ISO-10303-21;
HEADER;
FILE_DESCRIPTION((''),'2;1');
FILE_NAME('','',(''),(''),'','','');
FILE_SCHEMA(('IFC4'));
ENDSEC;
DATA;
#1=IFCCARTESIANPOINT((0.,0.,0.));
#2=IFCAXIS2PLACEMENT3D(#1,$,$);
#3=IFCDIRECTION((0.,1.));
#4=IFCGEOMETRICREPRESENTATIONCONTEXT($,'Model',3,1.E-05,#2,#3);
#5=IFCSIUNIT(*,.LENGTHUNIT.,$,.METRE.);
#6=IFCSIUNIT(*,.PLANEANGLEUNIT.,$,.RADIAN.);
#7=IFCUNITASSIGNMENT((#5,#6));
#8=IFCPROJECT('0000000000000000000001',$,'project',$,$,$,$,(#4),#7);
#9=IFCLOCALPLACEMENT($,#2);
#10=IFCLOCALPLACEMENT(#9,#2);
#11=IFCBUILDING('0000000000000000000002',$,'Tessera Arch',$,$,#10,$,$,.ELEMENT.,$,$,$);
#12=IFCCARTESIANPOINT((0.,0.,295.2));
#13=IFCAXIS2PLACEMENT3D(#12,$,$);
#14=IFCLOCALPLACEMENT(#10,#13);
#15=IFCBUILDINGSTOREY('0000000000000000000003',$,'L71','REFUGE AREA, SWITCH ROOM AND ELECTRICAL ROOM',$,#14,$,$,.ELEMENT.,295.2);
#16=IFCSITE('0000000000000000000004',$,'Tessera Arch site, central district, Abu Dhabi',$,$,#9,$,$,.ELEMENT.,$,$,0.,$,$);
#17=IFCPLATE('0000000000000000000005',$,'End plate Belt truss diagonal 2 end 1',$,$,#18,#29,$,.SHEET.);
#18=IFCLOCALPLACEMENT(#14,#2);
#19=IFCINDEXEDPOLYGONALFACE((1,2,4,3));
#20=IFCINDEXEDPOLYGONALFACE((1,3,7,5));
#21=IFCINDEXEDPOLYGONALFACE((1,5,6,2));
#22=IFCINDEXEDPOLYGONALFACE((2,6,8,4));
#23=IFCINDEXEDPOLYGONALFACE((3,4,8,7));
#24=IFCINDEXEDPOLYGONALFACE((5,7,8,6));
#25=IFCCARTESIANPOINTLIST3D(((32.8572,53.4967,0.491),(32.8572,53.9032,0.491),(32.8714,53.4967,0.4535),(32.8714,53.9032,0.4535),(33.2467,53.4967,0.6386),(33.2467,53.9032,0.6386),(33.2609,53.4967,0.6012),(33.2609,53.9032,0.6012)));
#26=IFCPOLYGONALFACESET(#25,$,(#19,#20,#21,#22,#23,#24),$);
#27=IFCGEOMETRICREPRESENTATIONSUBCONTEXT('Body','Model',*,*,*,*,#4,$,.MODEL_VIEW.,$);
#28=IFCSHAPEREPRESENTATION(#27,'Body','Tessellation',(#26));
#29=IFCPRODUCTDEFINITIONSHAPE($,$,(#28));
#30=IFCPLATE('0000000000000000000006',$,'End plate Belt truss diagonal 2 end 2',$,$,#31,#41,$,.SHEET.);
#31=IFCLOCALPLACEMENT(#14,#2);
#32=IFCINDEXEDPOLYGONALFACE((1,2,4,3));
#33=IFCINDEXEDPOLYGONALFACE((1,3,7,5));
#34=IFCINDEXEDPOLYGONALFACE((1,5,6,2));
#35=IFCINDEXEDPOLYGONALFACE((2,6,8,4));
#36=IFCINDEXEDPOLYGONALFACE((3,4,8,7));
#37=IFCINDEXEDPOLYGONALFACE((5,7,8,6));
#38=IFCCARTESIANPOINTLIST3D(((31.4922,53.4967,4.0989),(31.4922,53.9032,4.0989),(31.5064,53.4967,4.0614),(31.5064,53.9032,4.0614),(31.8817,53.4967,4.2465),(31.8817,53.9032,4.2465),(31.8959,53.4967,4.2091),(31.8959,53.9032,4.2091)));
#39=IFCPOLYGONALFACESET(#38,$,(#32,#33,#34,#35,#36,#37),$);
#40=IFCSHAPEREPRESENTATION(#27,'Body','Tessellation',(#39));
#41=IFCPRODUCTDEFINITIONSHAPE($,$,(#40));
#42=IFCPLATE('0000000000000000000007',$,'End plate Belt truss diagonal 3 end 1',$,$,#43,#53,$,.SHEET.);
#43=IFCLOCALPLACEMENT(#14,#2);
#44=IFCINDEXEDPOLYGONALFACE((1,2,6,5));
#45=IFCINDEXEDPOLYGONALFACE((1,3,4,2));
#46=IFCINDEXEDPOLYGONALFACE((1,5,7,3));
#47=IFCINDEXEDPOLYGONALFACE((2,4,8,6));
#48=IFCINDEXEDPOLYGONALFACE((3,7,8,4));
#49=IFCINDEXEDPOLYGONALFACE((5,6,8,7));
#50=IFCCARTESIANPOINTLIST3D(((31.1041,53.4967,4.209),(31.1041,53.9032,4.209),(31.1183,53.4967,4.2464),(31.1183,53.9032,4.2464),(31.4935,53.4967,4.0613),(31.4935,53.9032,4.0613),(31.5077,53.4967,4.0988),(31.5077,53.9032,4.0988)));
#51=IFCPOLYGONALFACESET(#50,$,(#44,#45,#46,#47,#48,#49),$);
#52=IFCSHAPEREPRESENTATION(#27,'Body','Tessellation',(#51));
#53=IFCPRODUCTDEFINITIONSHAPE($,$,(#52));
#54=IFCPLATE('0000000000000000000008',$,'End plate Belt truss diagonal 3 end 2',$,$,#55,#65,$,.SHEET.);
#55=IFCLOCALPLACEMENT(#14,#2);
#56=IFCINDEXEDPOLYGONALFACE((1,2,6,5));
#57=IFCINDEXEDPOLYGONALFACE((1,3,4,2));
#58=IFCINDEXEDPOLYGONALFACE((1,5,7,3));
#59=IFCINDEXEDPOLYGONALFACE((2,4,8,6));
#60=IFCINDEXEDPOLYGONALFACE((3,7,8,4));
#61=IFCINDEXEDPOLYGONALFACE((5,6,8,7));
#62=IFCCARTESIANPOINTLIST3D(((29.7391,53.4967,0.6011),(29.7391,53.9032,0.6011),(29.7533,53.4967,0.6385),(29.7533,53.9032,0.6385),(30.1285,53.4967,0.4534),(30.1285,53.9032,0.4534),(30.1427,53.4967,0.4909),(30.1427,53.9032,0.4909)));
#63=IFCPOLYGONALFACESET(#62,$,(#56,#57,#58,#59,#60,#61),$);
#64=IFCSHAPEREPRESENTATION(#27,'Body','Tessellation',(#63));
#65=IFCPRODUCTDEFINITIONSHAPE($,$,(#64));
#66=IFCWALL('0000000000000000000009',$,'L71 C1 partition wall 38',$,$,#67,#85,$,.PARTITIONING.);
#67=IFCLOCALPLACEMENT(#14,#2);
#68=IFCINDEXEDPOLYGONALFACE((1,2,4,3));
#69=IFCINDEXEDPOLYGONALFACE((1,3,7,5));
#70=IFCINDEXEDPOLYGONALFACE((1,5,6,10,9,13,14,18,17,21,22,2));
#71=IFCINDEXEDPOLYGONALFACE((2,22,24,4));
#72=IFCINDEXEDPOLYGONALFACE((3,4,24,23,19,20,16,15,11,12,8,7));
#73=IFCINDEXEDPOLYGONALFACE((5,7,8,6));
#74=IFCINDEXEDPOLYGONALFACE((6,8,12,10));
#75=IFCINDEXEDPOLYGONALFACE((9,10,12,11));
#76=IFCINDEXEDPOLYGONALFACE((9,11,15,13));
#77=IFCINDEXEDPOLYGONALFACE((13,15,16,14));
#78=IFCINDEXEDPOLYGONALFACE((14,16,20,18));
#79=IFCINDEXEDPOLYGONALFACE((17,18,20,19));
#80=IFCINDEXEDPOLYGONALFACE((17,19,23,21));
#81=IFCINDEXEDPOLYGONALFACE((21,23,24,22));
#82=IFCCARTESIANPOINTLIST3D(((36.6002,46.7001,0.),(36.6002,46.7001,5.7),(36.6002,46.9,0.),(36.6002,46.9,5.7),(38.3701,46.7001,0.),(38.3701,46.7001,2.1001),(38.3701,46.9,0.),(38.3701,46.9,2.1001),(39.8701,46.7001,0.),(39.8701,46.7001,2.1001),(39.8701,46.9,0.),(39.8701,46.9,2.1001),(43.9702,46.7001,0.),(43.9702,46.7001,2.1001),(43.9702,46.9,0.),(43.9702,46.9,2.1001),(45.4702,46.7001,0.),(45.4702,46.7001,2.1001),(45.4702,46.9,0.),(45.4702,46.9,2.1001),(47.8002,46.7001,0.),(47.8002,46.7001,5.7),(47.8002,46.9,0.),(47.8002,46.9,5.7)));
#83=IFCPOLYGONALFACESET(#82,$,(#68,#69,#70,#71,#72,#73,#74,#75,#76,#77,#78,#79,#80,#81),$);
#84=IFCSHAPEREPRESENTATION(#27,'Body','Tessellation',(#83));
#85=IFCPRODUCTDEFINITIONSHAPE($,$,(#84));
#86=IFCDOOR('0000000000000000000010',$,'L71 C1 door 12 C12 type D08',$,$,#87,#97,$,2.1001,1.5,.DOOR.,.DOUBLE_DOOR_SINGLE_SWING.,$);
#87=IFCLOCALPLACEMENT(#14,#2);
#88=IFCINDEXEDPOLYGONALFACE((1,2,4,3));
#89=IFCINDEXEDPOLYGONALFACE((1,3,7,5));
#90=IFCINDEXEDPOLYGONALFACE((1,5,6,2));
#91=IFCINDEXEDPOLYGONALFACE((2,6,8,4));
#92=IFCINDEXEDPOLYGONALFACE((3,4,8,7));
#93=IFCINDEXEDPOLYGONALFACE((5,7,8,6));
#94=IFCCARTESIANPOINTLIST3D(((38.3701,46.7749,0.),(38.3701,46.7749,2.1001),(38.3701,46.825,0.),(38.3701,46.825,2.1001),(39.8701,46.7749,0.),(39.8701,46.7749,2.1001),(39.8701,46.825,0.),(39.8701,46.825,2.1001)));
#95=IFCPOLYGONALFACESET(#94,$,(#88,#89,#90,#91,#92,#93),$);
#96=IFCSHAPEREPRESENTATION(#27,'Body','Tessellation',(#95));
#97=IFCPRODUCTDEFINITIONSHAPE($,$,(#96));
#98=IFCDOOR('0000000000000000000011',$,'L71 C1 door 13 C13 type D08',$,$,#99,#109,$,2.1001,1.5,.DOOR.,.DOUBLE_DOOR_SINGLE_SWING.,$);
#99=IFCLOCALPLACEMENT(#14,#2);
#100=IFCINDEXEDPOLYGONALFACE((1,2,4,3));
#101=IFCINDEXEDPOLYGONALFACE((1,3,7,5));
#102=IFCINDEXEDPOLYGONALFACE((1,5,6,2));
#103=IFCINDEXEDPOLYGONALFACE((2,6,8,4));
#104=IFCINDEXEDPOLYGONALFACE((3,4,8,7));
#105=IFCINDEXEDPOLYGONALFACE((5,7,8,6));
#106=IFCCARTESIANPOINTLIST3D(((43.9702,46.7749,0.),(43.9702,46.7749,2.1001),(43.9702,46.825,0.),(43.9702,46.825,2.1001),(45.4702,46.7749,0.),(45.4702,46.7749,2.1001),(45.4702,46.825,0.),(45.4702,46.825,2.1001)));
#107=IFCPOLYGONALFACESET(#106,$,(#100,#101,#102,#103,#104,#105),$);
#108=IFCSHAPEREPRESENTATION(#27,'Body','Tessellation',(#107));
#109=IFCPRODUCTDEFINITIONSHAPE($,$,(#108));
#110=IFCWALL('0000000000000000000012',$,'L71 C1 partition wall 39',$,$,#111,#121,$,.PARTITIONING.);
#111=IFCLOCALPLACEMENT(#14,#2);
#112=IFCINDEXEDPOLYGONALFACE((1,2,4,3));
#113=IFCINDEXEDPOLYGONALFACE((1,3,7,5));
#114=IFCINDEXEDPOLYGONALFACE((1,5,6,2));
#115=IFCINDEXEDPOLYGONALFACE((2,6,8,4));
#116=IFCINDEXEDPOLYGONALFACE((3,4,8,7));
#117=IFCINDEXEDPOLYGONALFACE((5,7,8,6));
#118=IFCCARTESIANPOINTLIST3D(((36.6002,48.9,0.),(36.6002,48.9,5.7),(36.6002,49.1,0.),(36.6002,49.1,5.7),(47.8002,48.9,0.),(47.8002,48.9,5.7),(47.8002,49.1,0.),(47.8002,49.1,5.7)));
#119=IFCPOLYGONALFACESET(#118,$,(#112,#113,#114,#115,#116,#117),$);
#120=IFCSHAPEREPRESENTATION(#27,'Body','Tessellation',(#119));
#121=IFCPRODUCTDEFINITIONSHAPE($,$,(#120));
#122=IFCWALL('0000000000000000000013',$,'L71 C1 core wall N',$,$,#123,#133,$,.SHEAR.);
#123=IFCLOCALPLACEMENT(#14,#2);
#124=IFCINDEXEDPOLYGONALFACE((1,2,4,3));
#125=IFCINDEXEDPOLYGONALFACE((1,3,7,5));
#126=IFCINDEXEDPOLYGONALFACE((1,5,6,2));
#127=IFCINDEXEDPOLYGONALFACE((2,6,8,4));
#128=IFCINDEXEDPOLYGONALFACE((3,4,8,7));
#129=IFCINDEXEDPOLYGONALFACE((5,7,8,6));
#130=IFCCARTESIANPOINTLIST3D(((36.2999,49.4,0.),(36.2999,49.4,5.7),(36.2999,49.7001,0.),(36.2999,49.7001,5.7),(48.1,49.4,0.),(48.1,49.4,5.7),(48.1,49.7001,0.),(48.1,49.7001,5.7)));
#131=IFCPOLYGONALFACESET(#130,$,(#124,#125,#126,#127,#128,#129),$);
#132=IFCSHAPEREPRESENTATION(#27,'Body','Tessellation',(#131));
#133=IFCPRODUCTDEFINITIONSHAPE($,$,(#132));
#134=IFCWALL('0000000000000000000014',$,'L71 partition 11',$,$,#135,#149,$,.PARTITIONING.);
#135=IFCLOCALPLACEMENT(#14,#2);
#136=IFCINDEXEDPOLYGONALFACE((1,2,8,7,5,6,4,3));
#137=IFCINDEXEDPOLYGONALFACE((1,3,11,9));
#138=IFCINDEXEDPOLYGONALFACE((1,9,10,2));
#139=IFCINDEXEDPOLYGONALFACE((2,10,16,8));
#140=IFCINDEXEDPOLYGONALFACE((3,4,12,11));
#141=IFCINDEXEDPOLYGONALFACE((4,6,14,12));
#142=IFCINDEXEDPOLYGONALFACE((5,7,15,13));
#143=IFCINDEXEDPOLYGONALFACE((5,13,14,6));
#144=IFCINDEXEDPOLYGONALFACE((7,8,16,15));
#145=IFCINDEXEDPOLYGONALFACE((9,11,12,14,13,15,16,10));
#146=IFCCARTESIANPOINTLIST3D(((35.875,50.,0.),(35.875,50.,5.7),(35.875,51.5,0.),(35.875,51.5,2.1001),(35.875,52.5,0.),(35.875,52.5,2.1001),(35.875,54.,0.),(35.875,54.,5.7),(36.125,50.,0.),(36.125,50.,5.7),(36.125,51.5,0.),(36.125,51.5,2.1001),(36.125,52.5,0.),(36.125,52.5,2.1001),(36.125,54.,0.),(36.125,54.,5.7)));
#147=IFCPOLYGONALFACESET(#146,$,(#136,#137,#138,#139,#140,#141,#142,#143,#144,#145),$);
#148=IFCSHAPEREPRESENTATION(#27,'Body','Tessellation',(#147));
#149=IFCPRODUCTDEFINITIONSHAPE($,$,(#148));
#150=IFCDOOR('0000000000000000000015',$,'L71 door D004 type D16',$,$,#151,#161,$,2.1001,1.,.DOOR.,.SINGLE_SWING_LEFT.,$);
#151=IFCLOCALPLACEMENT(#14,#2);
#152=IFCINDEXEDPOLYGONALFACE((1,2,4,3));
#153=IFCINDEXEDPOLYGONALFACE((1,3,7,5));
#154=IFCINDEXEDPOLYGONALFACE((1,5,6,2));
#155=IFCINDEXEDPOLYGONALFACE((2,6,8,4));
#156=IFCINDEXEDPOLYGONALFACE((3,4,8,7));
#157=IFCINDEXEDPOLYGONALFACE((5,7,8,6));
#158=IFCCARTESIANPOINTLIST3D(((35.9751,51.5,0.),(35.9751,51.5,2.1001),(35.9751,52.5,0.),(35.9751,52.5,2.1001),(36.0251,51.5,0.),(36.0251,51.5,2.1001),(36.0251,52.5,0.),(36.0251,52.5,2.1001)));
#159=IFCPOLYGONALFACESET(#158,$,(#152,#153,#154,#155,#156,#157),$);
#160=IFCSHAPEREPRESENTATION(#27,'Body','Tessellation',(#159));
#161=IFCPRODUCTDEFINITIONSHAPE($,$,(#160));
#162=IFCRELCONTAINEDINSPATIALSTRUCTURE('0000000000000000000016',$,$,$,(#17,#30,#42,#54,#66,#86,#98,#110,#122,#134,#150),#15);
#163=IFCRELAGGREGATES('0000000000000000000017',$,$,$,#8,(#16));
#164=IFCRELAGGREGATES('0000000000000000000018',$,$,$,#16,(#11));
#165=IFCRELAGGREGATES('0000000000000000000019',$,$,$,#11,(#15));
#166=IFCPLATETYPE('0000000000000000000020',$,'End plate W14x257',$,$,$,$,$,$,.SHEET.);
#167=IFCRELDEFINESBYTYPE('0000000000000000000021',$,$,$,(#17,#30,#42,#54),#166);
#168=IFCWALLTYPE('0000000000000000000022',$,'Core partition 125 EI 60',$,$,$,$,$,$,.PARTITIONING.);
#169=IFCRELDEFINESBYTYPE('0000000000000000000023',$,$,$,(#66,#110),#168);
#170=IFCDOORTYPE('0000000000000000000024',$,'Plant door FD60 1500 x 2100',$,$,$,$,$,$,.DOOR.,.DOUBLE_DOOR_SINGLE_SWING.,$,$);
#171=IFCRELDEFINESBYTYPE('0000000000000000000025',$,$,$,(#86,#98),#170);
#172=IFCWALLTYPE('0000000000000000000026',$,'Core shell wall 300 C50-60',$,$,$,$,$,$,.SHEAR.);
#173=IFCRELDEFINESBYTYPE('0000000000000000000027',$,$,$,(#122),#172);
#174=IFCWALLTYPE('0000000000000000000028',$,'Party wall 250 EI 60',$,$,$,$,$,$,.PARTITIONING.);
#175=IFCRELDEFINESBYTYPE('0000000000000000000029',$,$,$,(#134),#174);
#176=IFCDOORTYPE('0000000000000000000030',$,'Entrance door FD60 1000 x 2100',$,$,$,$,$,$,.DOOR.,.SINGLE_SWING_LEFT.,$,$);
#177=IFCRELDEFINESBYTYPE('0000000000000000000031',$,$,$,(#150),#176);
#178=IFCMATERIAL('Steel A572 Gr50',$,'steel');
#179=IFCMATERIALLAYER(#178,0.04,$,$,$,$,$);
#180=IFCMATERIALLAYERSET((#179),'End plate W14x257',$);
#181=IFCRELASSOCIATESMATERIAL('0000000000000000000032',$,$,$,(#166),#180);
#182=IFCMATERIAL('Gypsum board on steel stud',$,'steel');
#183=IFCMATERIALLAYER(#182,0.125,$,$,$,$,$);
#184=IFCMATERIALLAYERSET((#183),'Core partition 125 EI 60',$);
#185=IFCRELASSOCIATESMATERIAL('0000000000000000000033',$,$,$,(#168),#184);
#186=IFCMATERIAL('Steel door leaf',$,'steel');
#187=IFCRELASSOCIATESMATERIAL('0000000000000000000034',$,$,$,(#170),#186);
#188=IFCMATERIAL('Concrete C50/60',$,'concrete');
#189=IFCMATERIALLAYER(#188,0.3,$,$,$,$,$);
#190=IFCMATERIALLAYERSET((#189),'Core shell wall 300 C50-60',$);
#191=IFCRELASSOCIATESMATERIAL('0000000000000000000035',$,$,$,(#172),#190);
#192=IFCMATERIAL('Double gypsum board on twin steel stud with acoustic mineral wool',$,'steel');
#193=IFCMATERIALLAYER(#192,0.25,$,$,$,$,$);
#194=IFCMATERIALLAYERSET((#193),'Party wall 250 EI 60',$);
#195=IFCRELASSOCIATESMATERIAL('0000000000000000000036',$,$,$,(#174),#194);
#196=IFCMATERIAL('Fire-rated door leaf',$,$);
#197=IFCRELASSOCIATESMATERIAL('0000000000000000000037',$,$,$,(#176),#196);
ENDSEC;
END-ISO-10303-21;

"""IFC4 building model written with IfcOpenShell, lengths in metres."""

from ifc_helpers import new_model, si_unit, direction, frame, frame_2d, origin, origin_2d, place, context, subcontext, project, spatial, rectangle, extrude, material, layer, layer_set, type_object, element, fill, save


model = new_model("IFC4")

# Units and contexts
model_context = context("Model", 3, precision=1e-05, world=origin(), true_north=direction((0.0, 1.0)))
body_context = subcontext(model_context, "Body", "Model", "MODEL_VIEW")
ifc_project = project(units=[si_unit("LENGTHUNIT", "METRE"), si_unit("PLANEANGLEUNIT", "RADIAN")], contexts=[model_context])

# Site, building, storey
site_placement = place(None, origin())
site = spatial("IfcSite", under=ifc_project, at=site_placement, Name="Tessera Arch site, central district, Abu Dhabi", CompositionType="ELEMENT", RefElevation=0.0)
building_placement = place(site_placement, origin())
building = spatial("IfcBuilding", under=site, at=building_placement, Name="Tessera Arch", CompositionType="ELEMENT")
storey_placement = place(building_placement, frame((0.0, 0.0, 295.2)))
storey = spatial("IfcBuildingStorey", under=building, at=storey_placement, Name="L71", Description="REFUGE AREA, SWITCH ROOM AND ELECTRICAL ROOM", CompositionType="ELEMENT", Elevation=295.2)

# Plates
ifc_material_1 = material(Name="Steel A572 Gr50", Category="steel")
ifc_layer_1 = layer(ifc_material_1, 0.04)
ifc_layer_set_1 = layer_set([ifc_layer_1], Name="End plate W14x257")
plate_type = type_object("IfcPlateType", Name="End plate W14x257", PredefinedType="SHEET", material=ifc_layer_set_1)
for number, where, z_axis, x_axis, name in (
    (1, (33.0662, 53.7, 0.5273), (-0.35447, 0.0, 0.935067), (0.0, -1.0, 0.0), "End plate Belt truss diagonal 2 end 1"),
    (2, (31.7012, 53.7, 4.1353), (-0.35447, 0.0, 0.935067), (0.0, -1.0, 0.0), "End plate Belt truss diagonal 2 end 2"),
    (3, (31.313, 53.7, 4.1726), (-0.35447, 0.0, -0.935067), (0.0, -1.0, 0.0), "End plate Belt truss diagonal 3 end 1"),
    (4, (29.948, 53.7, 0.5647), (-0.35447, 0.0, -0.935067), (0.0, -1.0, 0.0), "End plate Belt truss diagonal 3 end 2"),
):
    element("IfcPlate", number, at=place(storey_placement, frame(where, z_axis=z_axis, x_axis=x_axis)), inside=storey, type_object=plate_type, Name=name, PredefinedType="SHEET", context=body_context, shape_type="SweptSolid", body=[
        extrude(rectangle(XDim=0.4065, YDim=0.4165, at=origin_2d()), origin(), (0.0, 0.0, 1.0), 0.04),
    ])

# Wall, openings, doors
ifc_material_2 = material(Name="Gypsum board on steel stud", Category="steel")
ifc_layer_2 = layer(ifc_material_2, 0.125)
ifc_layer_set_2 = layer_set([ifc_layer_2], Name="Core partition 125 EI 60")
wall_type_1 = type_object("IfcWallType", Name="Core partition 125 EI 60", PredefinedType="PARTITIONING", material=ifc_layer_set_2)
wall_1_placement = place(storey_placement, frame((36.6001, 46.8, 0.0), z_axis=(0.0, 0.0, 1.0), x_axis=(1.0, 0.0, 0.0)))
wall_1 = element("IfcWall", 5, at=wall_1_placement, inside=storey, type_object=wall_type_1, Name="L71 C1 partition wall 38", PredefinedType="PARTITIONING", context=body_context, shape_type="SweptSolid", body=[
    extrude(rectangle(XDim=11.2, YDim=0.2, at=frame_2d((5.6001, 0.0))), origin(), (0.0, 0.0, 1.0), 5.7),
])
opening_1_placement = place(wall_1_placement, frame((1.77, 0.0, 0.0)))
opening_1 = element("IfcOpeningElement", 6, at=opening_1_placement, cuts=wall_1, PredefinedType="OPENING", context=body_context, shape_type="SweptSolid", body=[
    extrude(rectangle(XDim=1.5, YDim=2.1001, at=frame_2d((0.75, 1.05))), frame((0.0, 0.1099, 0.0), z_axis=(0.0, -1.0, 0.0), x_axis=(1.0, 0.0, 0.0)), (0.0, 0.0, 1.0), 0.22),
])
opening_2_placement = place(wall_1_placement, frame((7.3701, 0.0, 0.0)))
opening_2 = element("IfcOpeningElement", 7, at=opening_2_placement, cuts=wall_1, PredefinedType="OPENING", context=body_context, shape_type="SweptSolid", body=[
    extrude(rectangle(XDim=1.5, YDim=2.1001, at=frame_2d((0.75, 1.05))), frame((0.0, 0.1099, 0.0), z_axis=(0.0, -1.0, 0.0), x_axis=(1.0, 0.0, 0.0)), (0.0, 0.0, 1.0), 0.22),
])
ifc_material_3 = material(Name="Steel door leaf", Category="steel")
door_type_1 = type_object("IfcDoorType", Name="Plant door FD60 1500 x 2100", OperationType="DOUBLE_DOOR_SINGLE_SWING", PredefinedType="DOOR", material=ifc_material_3)
door_1_placement = place(opening_1_placement, origin())
door_1 = element("IfcDoor", 8, at=door_1_placement, inside=storey, type_object=door_type_1, Name="L71 C1 door 12 C12 type D08", OperationType="DOUBLE_DOOR_SINGLE_SWING", OverallHeight=2.1001, OverallWidth=1.5, PredefinedType="DOOR", context=body_context, shape_type="SweptSolid", body=[
    extrude(rectangle(XDim=1.5, YDim=2.1001, at=frame_2d((0.75, 1.05))), frame((0.0, 0.0249, 0.0), z_axis=(0.0, -1.0, 0.0), x_axis=(1.0, 0.0, 0.0)), (0.0, 0.0, 1.0), 0.05),
])
fill(opening_1, door_1)
door_2_placement = place(opening_2_placement, origin())
door_2 = element("IfcDoor", 9, at=door_2_placement, inside=storey, type_object=door_type_1, Name="L71 C1 door 13 C13 type D08", OperationType="DOUBLE_DOOR_SINGLE_SWING", OverallHeight=2.1001, OverallWidth=1.5, PredefinedType="DOOR", context=body_context, shape_type="SweptSolid", body=[
    extrude(rectangle(XDim=1.5, YDim=2.1001, at=frame_2d((0.75, 1.05))), frame((0.0, 0.0249, 0.0), z_axis=(0.0, -1.0, 0.0), x_axis=(1.0, 0.0, 0.0)), (0.0, 0.0, 1.0), 0.05),
])
fill(opening_2, door_2)

# Walls
wall_2_placement = place(storey_placement, frame((36.6001, 49.0, 0.0), z_axis=(0.0, 0.0, 1.0), x_axis=(1.0, 0.0, 0.0)))
element("IfcWall", 10, at=wall_2_placement, inside=storey, type_object=wall_type_1, Name="L71 C1 partition wall 39", PredefinedType="PARTITIONING", context=body_context, shape_type="SweptSolid", body=[
    extrude(rectangle(XDim=11.2, YDim=0.2, at=frame_2d((5.6001, 0.0))), origin(), (0.0, 0.0, 1.0), 5.7),
])
ifc_material_4 = material(Name="Concrete C50/60", Category="concrete")
ifc_layer_3 = layer(ifc_material_4, 0.3)
ifc_layer_set_3 = layer_set([ifc_layer_3], Name="Core shell wall 300 C50-60")
wall_type_2 = type_object("IfcWallType", Name="Core shell wall 300 C50-60", PredefinedType="SHEAR", material=ifc_layer_set_3)
wall_3_placement = place(storey_placement, frame((36.3, 49.55, 0.0), z_axis=(0.0, 0.0, 1.0), x_axis=(1.0, 0.0, 0.0)))
element("IfcWall", 11, at=wall_3_placement, inside=storey, type_object=wall_type_2, Name="L71 C1 core wall N", PredefinedType="SHEAR", context=body_context, shape_type="SweptSolid", body=[
    extrude(rectangle(XDim=11.8, YDim=0.3, at=frame_2d((5.8999, 0.0))), origin(), (0.0, 0.0, 1.0), 5.7),
])

# Wall, opening, door
ifc_material_5 = material(Name="Double gypsum board on twin steel stud with acoustic mineral wool", Category="steel")
ifc_layer_4 = layer(ifc_material_5, 0.25)
ifc_layer_set_4 = layer_set([ifc_layer_4], Name="Party wall 250 EI 60")
wall_type_3 = type_object("IfcWallType", Name="Party wall 250 EI 60", PredefinedType="PARTITIONING", material=ifc_layer_set_4)
wall_4_placement = place(storey_placement, frame((36.0, 50.0, 0.0), z_axis=(0.0, 0.0, 1.0), x_axis=(0.0, 1.0, 0.0)))
wall_4 = element("IfcWall", 12, at=wall_4_placement, inside=storey, type_object=wall_type_3, Name="L71 partition 11", PredefinedType="PARTITIONING", context=body_context, shape_type="SweptSolid", body=[
    extrude(rectangle(XDim=4.0, YDim=0.25, at=frame_2d((2.0, 0.0))), origin(), (0.0, 0.0, 1.0), 5.7),
])
opening_3_placement = place(wall_4_placement, frame((1.5, 0.0, 0.0)))
opening_3 = element("IfcOpeningElement", 13, at=opening_3_placement, cuts=wall_4, PredefinedType="OPENING", context=body_context, shape_type="SweptSolid", body=[
    extrude(rectangle(XDim=1.0, YDim=2.1001, at=frame_2d((0.5, 1.05))), frame((0.0, 0.135, 0.0), z_axis=(0.0, -1.0, 0.0), x_axis=(1.0, 0.0, 0.0)), (0.0, 0.0, 1.0), 0.27),
])
ifc_material_6 = material(Name="Fire-rated door leaf")
door_type_2 = type_object("IfcDoorType", Name="Entrance door FD60 1000 x 2100", OperationType="SINGLE_SWING_LEFT", PredefinedType="DOOR", material=ifc_material_6)
door_3_placement = place(opening_3_placement, origin())
door_3 = element("IfcDoor", 14, at=door_3_placement, inside=storey, type_object=door_type_2, Name="L71 door D004 type D16", OperationType="SINGLE_SWING_LEFT", OverallHeight=2.1001, OverallWidth=1.0, PredefinedType="DOOR", context=body_context, shape_type="SweptSolid", body=[
    extrude(rectangle(XDim=1.0, YDim=2.1001, at=frame_2d((0.5, 1.05))), frame((0.0, 0.0249, 0.0), z_axis=(0.0, -1.0, 0.0), x_axis=(1.0, 0.0, 0.0)), (0.0, 0.0, 1.0), 0.05),
])
fill(opening_3, door_3)

save(model, "model.ifc")
